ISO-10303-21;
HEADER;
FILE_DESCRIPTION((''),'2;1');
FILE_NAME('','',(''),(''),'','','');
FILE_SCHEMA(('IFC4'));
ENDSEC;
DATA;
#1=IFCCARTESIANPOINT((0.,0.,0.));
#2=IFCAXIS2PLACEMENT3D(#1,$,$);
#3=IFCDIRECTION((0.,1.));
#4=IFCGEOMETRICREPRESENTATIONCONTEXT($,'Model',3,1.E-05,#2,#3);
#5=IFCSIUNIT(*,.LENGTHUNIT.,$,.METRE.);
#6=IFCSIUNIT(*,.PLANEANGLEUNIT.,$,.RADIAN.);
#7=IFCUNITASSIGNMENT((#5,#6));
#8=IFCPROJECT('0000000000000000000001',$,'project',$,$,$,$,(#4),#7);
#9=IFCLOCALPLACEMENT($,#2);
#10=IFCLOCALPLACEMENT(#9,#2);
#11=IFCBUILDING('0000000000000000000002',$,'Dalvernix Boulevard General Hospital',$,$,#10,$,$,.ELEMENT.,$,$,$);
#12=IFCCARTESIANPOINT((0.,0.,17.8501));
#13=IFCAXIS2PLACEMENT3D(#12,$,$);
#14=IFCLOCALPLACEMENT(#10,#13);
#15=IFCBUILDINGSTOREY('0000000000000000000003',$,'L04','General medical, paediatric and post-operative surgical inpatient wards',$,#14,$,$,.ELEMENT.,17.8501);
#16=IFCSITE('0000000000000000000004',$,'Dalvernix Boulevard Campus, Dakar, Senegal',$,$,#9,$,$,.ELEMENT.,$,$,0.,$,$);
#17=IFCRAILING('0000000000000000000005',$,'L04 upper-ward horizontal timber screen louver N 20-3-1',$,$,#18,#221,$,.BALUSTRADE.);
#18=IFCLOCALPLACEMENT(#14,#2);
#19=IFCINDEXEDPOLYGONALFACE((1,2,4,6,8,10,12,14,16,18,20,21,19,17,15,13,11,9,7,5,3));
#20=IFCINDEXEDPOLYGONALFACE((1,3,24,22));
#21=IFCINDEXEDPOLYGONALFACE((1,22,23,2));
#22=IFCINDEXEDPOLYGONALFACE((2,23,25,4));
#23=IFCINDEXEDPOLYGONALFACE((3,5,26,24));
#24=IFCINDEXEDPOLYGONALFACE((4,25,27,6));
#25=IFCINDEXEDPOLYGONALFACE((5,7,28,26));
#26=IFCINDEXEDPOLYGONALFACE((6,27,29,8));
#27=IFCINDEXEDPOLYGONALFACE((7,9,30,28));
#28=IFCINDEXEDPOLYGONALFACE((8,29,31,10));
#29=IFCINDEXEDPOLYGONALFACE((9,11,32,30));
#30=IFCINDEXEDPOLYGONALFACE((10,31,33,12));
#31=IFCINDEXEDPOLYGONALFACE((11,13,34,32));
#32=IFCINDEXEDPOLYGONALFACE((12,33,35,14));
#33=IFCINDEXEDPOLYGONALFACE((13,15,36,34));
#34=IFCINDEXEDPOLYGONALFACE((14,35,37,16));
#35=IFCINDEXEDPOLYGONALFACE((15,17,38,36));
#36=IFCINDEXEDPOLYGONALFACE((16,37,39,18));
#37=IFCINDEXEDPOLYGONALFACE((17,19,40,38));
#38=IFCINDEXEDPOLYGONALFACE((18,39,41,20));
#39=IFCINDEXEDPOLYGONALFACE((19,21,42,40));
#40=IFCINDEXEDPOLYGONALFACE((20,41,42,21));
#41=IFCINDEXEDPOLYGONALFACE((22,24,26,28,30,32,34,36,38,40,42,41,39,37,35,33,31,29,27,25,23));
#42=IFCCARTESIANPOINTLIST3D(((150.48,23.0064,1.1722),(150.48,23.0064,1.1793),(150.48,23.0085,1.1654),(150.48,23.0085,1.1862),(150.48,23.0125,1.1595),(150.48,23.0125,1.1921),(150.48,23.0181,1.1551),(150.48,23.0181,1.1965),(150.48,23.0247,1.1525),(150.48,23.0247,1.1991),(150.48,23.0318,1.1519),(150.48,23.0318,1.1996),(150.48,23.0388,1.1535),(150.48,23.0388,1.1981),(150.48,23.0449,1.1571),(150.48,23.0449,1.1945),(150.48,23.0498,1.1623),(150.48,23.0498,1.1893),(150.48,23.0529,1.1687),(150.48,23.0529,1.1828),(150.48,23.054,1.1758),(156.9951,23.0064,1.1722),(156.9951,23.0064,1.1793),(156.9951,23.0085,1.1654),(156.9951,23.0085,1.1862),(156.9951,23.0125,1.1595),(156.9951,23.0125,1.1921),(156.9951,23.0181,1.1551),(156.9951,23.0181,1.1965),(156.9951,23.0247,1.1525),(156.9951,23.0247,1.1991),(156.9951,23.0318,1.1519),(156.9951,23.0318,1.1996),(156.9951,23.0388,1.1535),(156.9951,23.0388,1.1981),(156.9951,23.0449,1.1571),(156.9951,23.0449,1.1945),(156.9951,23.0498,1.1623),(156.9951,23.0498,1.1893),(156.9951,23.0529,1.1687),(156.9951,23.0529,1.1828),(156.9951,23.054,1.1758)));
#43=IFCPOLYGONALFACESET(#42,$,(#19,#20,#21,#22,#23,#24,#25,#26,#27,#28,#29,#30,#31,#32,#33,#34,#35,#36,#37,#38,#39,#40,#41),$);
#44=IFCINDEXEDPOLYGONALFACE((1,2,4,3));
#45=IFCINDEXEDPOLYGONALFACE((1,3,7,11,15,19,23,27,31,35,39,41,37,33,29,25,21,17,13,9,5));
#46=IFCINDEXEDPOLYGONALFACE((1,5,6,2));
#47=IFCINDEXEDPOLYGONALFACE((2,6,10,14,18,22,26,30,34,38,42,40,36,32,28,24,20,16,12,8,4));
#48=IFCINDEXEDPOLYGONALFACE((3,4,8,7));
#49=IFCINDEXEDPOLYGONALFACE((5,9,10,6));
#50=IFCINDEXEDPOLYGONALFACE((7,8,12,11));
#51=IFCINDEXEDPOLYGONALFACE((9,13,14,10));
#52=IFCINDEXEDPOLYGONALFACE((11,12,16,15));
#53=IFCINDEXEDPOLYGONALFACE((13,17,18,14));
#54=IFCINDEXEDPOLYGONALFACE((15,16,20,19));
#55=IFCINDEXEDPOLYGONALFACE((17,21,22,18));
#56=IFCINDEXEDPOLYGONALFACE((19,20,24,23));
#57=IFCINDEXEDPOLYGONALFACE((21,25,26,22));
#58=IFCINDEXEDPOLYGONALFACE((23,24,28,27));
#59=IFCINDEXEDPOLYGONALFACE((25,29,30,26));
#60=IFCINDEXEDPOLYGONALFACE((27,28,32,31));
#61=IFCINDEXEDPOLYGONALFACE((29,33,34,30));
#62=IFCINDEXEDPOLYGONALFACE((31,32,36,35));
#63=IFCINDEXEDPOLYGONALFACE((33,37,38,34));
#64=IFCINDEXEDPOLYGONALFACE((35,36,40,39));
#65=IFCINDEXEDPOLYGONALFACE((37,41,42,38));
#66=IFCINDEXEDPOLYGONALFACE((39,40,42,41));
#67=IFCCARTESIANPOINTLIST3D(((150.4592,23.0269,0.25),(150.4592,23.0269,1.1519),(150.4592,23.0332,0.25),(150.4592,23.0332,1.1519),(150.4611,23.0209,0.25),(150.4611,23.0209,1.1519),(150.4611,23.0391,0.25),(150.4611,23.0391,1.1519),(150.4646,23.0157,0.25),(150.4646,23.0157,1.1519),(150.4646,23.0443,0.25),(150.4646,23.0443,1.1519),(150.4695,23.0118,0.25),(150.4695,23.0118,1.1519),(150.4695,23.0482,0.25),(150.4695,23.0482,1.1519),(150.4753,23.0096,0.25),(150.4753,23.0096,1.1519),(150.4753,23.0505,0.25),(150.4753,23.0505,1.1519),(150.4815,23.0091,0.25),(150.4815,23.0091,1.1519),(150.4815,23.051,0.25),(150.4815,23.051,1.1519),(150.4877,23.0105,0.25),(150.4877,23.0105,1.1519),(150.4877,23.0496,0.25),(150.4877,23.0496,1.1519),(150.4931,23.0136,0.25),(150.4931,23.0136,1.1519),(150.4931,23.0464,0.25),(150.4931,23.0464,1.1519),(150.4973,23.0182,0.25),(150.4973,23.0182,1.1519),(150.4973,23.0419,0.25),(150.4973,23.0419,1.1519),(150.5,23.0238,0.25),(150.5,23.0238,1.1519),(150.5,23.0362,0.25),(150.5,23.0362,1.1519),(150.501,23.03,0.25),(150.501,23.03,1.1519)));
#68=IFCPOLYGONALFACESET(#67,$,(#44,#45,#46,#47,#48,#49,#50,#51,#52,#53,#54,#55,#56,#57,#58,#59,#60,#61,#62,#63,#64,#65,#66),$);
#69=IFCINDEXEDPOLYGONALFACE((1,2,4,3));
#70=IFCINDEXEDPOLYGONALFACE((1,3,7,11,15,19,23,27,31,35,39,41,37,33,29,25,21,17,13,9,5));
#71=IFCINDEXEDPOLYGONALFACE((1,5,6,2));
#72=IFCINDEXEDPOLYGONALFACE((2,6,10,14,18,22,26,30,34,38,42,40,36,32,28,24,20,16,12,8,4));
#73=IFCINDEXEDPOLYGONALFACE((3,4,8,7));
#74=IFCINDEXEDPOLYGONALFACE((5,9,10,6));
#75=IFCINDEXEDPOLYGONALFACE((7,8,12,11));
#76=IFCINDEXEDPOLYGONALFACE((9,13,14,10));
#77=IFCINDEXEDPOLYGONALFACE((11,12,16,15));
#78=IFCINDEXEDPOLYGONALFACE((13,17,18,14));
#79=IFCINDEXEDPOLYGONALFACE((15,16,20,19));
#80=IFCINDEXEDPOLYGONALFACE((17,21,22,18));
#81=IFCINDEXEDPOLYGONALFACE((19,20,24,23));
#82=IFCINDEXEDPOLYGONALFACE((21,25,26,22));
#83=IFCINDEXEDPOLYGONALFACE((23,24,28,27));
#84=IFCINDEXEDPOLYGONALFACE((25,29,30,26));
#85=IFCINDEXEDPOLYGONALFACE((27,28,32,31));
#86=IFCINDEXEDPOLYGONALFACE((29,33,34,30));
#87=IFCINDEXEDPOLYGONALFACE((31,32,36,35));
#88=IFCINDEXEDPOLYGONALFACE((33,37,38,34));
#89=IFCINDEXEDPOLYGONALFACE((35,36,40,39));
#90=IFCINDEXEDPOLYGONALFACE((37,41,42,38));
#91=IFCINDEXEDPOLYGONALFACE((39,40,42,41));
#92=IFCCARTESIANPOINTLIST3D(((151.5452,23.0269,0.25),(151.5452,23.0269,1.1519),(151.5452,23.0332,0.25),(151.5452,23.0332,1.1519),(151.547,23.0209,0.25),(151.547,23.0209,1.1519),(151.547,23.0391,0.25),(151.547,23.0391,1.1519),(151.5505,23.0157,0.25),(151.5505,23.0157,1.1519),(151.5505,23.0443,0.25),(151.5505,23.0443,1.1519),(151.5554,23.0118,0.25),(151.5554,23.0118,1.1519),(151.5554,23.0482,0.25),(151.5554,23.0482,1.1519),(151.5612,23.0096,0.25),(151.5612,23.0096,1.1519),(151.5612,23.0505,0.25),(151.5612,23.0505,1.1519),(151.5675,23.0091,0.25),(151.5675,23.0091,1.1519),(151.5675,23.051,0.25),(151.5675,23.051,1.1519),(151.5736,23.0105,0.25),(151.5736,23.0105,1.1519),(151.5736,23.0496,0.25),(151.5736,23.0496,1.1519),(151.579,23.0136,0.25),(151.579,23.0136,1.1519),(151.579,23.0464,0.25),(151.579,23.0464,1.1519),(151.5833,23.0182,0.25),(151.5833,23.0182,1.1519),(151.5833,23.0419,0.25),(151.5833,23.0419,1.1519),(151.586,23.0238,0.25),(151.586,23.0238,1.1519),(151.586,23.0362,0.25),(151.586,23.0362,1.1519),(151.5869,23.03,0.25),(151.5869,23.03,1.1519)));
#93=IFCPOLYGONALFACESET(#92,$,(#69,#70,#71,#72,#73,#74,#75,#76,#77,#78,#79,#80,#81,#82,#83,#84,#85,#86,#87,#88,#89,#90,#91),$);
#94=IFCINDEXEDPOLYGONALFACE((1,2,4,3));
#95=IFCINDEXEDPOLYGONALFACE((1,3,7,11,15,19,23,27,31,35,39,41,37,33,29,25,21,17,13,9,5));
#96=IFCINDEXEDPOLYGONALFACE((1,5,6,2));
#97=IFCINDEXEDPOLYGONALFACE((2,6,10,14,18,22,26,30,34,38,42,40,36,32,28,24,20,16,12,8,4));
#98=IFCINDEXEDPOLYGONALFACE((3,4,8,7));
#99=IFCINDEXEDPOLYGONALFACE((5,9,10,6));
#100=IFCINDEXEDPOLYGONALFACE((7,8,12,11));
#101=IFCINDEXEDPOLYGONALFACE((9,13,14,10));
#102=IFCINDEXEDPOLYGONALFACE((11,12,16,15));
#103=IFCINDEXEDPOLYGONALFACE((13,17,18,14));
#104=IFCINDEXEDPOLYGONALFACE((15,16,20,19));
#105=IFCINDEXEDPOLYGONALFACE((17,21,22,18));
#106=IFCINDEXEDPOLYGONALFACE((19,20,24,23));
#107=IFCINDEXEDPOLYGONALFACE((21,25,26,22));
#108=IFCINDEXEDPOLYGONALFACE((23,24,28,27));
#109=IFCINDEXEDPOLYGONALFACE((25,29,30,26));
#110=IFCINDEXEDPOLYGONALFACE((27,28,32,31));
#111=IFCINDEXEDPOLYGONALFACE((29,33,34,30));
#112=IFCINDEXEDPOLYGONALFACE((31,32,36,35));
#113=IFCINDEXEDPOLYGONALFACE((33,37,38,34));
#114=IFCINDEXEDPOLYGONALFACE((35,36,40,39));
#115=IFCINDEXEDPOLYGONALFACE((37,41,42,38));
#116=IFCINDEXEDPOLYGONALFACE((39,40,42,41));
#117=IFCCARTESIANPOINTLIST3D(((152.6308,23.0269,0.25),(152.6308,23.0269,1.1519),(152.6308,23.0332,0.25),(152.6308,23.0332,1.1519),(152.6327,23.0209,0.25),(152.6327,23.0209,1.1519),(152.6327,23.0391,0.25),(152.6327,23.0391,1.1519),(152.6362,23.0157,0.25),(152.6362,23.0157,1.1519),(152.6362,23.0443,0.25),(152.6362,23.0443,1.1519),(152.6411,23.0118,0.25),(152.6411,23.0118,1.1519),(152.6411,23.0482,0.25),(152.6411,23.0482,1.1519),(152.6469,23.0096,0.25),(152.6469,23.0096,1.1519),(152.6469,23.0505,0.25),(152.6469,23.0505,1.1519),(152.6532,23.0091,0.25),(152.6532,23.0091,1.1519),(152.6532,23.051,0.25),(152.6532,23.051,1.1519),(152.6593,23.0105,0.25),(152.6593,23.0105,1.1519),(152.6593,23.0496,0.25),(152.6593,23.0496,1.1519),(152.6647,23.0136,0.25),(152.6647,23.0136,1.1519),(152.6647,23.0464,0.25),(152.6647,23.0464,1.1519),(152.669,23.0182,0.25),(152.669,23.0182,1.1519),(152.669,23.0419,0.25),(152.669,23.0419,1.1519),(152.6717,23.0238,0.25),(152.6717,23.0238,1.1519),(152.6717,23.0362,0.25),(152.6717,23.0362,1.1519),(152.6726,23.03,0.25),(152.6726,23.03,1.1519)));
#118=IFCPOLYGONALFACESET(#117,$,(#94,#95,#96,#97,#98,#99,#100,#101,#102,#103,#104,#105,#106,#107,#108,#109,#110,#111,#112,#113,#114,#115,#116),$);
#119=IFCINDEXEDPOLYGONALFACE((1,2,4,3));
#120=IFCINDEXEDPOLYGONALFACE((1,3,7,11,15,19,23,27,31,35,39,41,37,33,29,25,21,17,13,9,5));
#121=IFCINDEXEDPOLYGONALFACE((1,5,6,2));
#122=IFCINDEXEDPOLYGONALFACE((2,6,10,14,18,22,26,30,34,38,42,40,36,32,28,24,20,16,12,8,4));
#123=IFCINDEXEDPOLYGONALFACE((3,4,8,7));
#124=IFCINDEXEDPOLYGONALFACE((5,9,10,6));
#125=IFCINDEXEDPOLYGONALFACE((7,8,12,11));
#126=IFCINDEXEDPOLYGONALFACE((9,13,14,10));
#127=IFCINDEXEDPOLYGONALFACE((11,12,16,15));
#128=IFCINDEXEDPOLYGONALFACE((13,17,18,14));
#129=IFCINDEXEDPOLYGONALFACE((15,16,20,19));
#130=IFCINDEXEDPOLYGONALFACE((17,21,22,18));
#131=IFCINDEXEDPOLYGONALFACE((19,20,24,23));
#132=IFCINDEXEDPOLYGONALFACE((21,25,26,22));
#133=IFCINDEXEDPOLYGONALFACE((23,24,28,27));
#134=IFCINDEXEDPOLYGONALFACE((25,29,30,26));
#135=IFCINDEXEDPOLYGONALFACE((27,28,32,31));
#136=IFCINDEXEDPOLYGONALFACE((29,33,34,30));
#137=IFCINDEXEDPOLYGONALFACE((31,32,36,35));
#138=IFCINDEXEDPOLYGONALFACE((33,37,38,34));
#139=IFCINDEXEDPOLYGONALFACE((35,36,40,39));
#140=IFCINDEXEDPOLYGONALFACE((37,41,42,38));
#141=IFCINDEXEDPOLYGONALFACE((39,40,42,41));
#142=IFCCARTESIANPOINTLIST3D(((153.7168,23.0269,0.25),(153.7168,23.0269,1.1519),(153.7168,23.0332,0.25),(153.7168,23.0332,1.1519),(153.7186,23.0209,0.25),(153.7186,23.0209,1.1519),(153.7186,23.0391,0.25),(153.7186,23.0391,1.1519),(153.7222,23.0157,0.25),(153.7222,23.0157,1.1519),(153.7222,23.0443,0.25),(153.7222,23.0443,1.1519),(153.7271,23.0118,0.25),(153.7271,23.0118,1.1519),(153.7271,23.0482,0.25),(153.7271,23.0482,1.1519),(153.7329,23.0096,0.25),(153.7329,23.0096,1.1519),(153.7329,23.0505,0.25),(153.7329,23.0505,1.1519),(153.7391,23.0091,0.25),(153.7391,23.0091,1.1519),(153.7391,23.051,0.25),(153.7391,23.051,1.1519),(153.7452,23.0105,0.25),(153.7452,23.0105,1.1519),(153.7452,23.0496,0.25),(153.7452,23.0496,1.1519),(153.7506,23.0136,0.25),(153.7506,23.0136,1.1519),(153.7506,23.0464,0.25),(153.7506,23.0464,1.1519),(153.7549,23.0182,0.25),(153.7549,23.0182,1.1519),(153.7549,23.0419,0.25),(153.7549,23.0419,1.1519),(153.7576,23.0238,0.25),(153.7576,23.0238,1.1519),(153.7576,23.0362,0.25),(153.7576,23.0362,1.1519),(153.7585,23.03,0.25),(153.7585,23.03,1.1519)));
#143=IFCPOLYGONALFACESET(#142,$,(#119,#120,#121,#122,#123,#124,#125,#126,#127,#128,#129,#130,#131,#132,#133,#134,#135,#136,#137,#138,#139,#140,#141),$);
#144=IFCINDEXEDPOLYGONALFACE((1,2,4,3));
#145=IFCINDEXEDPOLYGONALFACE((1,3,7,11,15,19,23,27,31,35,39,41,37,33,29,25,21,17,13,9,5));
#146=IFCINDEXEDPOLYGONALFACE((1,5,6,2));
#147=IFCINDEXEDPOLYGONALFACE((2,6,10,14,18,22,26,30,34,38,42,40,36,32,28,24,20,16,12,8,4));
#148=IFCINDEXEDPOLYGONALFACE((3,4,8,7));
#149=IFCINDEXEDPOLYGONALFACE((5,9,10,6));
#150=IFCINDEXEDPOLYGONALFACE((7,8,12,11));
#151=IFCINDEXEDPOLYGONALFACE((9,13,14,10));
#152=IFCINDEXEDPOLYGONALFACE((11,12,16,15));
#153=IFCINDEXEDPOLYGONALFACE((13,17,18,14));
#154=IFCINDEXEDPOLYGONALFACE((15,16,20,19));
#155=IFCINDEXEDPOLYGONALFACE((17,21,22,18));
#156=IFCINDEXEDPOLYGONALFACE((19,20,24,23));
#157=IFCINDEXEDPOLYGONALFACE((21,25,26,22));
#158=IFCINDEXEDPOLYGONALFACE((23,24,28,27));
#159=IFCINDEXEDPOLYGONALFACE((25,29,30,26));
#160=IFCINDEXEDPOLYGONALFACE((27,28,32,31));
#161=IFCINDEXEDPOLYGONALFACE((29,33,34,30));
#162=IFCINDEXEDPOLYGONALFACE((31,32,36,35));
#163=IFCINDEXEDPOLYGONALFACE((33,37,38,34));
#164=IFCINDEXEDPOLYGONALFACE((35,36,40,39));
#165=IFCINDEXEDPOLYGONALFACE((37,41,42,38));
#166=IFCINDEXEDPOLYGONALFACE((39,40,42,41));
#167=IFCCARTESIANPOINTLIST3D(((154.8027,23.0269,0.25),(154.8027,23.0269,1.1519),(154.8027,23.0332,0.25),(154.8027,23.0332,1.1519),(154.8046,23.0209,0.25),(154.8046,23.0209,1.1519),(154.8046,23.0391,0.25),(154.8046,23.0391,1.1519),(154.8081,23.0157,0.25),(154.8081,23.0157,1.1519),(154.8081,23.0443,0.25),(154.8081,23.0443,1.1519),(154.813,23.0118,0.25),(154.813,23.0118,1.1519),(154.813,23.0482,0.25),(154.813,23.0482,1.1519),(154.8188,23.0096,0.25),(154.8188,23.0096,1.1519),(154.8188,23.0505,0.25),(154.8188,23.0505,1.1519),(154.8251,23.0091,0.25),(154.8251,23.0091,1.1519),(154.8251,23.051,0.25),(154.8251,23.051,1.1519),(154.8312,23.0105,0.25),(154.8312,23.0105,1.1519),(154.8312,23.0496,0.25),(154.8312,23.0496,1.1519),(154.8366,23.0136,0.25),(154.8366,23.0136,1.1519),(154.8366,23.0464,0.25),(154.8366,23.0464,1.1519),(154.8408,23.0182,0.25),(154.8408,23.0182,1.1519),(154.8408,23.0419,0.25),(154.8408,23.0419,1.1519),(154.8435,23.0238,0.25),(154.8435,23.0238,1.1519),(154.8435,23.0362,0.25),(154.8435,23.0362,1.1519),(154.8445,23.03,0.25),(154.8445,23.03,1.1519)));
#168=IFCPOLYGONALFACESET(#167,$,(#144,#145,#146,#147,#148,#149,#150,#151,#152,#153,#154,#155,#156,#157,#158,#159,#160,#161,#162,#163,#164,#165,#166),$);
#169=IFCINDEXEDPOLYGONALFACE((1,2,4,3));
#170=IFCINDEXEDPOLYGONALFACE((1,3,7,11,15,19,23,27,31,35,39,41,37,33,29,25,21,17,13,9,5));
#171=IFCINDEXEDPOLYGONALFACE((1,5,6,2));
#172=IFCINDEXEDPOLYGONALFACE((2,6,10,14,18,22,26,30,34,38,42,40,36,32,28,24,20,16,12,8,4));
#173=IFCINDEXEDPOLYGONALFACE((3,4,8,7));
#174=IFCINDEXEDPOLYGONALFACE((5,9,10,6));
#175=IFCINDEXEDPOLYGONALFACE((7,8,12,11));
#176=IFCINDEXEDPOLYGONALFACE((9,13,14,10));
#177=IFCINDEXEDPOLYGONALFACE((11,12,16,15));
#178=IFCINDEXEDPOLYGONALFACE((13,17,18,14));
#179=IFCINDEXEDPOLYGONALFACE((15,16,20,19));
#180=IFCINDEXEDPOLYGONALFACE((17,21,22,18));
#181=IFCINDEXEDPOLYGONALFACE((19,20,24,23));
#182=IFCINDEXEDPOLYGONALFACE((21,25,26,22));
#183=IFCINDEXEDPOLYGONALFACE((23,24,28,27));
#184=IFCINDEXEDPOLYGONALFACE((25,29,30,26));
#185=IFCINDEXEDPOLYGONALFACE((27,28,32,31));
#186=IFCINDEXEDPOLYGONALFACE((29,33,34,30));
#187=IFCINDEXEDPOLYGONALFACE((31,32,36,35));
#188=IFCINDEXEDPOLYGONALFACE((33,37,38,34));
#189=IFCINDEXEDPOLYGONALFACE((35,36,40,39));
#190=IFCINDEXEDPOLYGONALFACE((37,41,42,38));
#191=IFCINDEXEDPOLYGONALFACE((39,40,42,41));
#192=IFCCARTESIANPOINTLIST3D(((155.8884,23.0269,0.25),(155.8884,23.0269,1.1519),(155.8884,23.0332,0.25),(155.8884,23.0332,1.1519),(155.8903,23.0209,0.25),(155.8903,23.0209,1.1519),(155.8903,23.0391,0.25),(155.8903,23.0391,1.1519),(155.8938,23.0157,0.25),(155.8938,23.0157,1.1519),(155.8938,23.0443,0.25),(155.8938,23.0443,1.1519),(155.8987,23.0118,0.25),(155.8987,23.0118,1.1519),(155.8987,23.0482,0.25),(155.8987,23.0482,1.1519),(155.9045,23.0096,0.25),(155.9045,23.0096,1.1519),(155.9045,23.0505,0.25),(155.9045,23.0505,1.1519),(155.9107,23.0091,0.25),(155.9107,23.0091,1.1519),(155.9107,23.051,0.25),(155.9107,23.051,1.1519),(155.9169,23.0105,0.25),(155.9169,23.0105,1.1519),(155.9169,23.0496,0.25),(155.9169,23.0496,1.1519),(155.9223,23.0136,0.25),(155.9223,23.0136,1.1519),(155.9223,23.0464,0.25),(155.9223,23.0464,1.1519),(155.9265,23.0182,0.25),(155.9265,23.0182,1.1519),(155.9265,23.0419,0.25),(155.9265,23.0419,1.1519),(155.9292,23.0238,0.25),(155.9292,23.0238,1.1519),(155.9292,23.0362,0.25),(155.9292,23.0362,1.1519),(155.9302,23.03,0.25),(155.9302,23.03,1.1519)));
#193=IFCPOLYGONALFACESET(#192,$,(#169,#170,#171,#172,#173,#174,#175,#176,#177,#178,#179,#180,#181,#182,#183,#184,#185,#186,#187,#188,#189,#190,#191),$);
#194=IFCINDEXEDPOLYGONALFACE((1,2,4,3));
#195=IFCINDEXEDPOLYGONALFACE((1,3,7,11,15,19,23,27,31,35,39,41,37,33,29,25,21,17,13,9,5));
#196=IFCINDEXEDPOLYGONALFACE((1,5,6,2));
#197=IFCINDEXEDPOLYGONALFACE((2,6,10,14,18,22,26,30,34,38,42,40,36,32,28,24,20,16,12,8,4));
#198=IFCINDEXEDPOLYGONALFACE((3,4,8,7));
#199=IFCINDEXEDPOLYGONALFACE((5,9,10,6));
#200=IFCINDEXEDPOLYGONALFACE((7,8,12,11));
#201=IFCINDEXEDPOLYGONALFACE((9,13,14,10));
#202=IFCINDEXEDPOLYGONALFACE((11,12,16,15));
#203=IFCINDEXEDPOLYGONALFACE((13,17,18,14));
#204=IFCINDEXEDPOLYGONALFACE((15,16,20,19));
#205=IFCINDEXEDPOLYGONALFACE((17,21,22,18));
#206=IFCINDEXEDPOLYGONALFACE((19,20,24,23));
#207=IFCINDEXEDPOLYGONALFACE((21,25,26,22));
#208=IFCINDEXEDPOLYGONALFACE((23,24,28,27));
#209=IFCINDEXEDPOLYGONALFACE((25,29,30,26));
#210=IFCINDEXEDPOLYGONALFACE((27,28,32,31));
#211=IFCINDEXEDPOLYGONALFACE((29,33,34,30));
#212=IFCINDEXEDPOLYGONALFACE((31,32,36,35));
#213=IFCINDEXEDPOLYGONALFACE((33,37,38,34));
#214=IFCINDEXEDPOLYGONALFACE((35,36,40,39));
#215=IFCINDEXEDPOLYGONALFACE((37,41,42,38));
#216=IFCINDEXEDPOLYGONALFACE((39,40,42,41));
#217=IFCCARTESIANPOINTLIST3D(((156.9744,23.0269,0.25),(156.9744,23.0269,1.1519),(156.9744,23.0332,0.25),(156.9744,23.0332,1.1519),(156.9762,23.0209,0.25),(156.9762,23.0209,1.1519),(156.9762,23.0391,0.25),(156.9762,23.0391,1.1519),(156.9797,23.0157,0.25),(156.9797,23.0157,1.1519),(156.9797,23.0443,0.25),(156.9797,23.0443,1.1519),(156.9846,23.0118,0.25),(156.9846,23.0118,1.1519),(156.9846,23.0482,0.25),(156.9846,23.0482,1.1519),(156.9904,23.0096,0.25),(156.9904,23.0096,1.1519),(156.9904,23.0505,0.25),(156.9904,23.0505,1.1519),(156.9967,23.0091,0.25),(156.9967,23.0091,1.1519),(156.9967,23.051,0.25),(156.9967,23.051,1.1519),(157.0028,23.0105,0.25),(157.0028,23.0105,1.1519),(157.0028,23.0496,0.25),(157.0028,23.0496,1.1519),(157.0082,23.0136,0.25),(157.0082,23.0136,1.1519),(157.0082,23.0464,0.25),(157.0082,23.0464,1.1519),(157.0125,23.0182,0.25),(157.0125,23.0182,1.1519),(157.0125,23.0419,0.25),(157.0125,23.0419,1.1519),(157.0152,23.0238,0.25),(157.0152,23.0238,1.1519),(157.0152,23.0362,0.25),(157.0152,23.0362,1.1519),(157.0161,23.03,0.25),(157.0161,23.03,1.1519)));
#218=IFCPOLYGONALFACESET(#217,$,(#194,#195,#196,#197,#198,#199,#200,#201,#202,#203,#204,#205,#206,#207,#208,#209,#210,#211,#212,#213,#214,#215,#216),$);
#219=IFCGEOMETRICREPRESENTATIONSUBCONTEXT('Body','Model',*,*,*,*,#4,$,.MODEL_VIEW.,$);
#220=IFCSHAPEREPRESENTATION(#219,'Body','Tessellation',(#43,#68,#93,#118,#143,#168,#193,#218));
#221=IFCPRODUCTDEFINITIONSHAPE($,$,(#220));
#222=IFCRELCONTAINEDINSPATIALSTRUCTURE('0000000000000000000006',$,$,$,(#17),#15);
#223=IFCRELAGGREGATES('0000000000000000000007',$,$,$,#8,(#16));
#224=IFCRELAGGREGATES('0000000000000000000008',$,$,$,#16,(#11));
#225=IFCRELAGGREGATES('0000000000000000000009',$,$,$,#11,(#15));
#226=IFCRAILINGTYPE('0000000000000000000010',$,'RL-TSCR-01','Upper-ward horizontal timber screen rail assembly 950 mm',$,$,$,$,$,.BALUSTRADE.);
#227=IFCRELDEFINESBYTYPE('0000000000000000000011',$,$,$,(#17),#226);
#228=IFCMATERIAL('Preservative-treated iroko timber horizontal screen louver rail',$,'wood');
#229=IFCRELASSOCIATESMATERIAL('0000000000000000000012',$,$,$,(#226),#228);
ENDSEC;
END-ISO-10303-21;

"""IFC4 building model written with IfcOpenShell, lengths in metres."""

from ifc_helpers import new_model, si_unit, direction, frame, origin, origin_2d, place, context, subcontext, project, spatial, circle, extrude, material, type_object, element, save


model = new_model("IFC4")

# Units and contexts
model_context = context("Model", 3, precision=1e-05, world=origin(), true_north=direction((0.0, 1.0)))
body_context = subcontext(model_context, "Body", "Model", "MODEL_VIEW")
ifc_project = project(units=[si_unit("LENGTHUNIT", "METRE"), si_unit("PLANEANGLEUNIT", "RADIAN")], contexts=[model_context])

# Site, building, storey
site_placement = place(None, origin())
site = spatial("IfcSite", under=ifc_project, at=site_placement, Name="Dalvernix Boulevard Campus, Dakar, Senegal", CompositionType="ELEMENT", RefElevation=0.0)
building_placement = place(site_placement, origin())
building = spatial("IfcBuilding", under=site, at=building_placement, Name="Dalvernix Boulevard General Hospital", CompositionType="ELEMENT")
storey_placement = place(building_placement, frame((0.0, 0.0, 17.8501)))
storey = spatial("IfcBuildingStorey", under=building, at=storey_placement, Name="L04", Description="General medical, paediatric and post-operative surgical inpatient wards", CompositionType="ELEMENT", Elevation=17.8501)

# Railing
ifc_material_1 = material(Name="Preservative-treated iroko timber horizontal screen louver rail", Category="wood")
railing_type = type_object("IfcRailingType", Name="RL-TSCR-01", Description="Upper-ward horizontal timber screen rail assembly 950 mm", PredefinedType="BALUSTRADE", material=ifc_material_1)
railing_placement = place(storey_placement, frame((150.48, 23.03, 0.25)))
element("IfcRailing", 1, at=railing_placement, inside=storey, type_object=railing_type, Name="L04 upper-ward horizontal timber screen louver N 20-3-1", PredefinedType="BALUSTRADE", context=body_context, shape_type="SweptSolid", body=[
    extrude(circle(Radius=0.0239, at=origin_2d()), frame((0.0, 0.0, 0.9258), z_axis=(1.0, 0.0, 0.0), x_axis=(0.0, 1.0, 0.0)), (0.0, 0.0, 1.0), 6.5151),
    extrude(circle(Radius=0.021, at=origin_2d()), origin(), (0.0, 0.0, 1.0), 0.9019),
    extrude(circle(Radius=0.021, at=origin_2d()), frame((1.0859, 0.0, 0.0)), (0.0, 0.0, 1.0), 0.9019),
    extrude(circle(Radius=0.021, at=origin_2d()), frame((2.1716, 0.0, 0.0)), (0.0, 0.0, 1.0), 0.9019),
    extrude(circle(Radius=0.021, at=origin_2d()), frame((3.2576, 0.0, 0.0)), (0.0, 0.0, 1.0), 0.9019),
    extrude(circle(Radius=0.021, at=origin_2d()), frame((4.3435, 0.0, 0.0)), (0.0, 0.0, 1.0), 0.9019),
    extrude(circle(Radius=0.021, at=origin_2d()), frame((5.4292, 0.0, 0.0)), (0.0, 0.0, 1.0), 0.9019),
    extrude(circle(Radius=0.021, at=origin_2d()), frame((6.5151, 0.0, 0.0)), (0.0, 0.0, 1.0), 0.9019),
])

save(model, "model.ifc")
